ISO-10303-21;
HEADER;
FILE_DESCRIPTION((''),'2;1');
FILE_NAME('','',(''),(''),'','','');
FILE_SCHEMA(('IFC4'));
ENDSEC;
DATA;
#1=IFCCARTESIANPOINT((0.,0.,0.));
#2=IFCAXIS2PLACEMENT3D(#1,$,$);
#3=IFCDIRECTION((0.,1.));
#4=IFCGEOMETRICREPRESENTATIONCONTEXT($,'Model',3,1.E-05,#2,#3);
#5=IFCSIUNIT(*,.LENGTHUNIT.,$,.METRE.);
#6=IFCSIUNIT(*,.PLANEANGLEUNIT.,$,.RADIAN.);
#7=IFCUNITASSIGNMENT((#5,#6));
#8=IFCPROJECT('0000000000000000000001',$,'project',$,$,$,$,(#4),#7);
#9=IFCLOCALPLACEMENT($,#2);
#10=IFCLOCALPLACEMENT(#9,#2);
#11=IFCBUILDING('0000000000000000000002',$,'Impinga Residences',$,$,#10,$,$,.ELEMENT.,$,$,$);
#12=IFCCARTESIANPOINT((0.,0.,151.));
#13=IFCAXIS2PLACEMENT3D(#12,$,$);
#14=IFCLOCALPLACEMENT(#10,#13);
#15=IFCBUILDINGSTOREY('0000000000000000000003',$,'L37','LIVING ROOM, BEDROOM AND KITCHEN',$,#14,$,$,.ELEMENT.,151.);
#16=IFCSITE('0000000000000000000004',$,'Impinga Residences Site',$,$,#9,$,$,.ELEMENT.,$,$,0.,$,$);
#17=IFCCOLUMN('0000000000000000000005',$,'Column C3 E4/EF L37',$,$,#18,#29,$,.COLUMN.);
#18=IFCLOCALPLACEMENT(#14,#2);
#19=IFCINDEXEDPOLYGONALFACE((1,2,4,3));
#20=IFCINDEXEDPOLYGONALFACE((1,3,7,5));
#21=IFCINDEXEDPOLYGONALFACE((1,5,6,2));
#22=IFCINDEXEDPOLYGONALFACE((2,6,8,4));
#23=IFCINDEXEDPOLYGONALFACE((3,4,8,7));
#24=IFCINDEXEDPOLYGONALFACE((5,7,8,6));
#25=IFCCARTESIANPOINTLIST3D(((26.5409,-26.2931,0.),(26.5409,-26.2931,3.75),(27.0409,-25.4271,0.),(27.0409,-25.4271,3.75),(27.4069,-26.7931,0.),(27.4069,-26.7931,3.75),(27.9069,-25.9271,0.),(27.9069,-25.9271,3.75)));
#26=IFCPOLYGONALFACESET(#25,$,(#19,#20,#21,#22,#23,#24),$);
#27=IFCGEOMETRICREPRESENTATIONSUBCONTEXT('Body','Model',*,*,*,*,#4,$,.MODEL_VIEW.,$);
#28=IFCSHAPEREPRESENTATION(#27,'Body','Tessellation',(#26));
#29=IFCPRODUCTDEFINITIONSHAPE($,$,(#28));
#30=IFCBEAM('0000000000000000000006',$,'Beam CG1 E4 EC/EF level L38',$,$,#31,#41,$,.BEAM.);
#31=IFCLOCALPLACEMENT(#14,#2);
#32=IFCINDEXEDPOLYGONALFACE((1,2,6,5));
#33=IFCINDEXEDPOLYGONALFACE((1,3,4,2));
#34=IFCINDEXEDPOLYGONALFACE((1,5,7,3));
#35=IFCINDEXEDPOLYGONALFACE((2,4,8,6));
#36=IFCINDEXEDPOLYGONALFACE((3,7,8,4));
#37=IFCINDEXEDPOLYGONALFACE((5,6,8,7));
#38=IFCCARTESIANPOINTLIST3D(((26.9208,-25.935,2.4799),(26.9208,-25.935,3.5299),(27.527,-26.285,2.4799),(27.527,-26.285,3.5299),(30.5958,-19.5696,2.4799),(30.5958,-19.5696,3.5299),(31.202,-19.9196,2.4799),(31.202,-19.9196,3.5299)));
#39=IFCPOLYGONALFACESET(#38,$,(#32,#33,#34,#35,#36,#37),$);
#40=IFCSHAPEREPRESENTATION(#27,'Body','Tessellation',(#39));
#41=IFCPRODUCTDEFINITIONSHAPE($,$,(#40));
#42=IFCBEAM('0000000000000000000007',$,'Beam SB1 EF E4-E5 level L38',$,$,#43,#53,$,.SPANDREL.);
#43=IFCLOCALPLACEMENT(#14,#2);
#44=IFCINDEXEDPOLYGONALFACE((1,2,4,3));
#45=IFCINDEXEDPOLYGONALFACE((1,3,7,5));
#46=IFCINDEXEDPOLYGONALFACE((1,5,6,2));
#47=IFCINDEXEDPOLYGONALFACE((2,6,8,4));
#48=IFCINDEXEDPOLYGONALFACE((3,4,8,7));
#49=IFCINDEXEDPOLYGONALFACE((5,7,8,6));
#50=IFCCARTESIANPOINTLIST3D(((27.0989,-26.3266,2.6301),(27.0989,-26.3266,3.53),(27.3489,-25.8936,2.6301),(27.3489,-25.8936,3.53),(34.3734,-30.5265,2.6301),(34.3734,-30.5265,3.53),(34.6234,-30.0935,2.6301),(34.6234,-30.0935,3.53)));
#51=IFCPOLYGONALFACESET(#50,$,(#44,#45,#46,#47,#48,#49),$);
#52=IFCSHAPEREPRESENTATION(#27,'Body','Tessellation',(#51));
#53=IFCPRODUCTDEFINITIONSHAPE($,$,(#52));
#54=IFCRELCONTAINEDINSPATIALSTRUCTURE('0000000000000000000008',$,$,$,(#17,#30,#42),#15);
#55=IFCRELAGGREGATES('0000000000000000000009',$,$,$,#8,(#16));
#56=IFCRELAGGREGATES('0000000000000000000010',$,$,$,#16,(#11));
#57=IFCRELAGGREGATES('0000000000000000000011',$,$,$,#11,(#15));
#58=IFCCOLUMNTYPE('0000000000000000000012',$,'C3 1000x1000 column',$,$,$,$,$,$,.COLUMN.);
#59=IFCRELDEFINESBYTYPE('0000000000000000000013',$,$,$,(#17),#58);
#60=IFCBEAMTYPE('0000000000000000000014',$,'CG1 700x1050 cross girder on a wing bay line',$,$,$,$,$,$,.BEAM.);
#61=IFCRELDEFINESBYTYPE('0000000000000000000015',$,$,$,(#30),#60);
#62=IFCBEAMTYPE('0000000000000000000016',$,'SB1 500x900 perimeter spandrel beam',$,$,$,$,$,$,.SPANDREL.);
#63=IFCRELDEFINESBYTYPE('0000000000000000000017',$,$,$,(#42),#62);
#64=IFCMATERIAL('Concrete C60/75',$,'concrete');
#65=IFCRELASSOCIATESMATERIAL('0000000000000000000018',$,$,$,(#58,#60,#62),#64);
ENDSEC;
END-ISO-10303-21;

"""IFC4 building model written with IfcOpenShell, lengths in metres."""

from ifc_helpers import new_model, si_unit, direction, frame, origin, origin_2d, place, context, subcontext, project, spatial, rectangle, extrude, material, material_profile, profile_set, type_object, element, save


model = new_model("IFC4")

# Units and contexts
model_context = context("Model", 3, precision=1e-05, world=origin(), true_north=direction((0.0, 1.0)))
body_context = subcontext(model_context, "Body", "Model", "MODEL_VIEW")
ifc_project = project(units=[si_unit("LENGTHUNIT", "METRE"), si_unit("PLANEANGLEUNIT", "RADIAN")], contexts=[model_context])

# Site, building, storey
site_placement = place(None, origin())
site = spatial("IfcSite", under=ifc_project, at=site_placement, Name="Impinga Residences Site", CompositionType="ELEMENT", RefElevation=0.0)
building_placement = place(site_placement, origin())
building = spatial("IfcBuilding", under=site, at=building_placement, Name="Impinga Residences", CompositionType="ELEMENT")
storey_placement = place(building_placement, frame((0.0, 0.0, 151.0)))
storey = spatial("IfcBuildingStorey", under=building, at=storey_placement, Name="L37", Description="LIVING ROOM, BEDROOM AND KITCHEN", CompositionType="ELEMENT", Elevation=151.0)

# Column
ifc_material_1 = material(Name="Concrete C60/75", Category="concrete")
ifc_material_profile_1 = material_profile(ifc_material_1, rectangle(XDim=1.0, YDim=1.0, at=origin_2d()), Name="RC 1000x1000")
ifc_profile_set_1 = profile_set([ifc_material_profile_1], Name="Concrete C60/75")
column_type = type_object("IfcColumnType", Name="C3 1000x1000 column", PredefinedType="COLUMN", material=ifc_profile_set_1)
column_placement = place(storey_placement, frame((27.2239, -26.1101, 0.0), z_axis=(0.0, 0.0, 1.0), x_axis=(-0.5, -0.866025, 0.0)))
element("IfcColumn", 1, at=column_placement, inside=storey, type_object=column_type, Name="Column C3 E4/EF L37", PredefinedType="COLUMN", context=body_context, shape_type="SweptSolid", body=[
    extrude(rectangle(XDim=1.0, YDim=1.0, at=origin_2d()), origin(), (0.0, 0.0, 1.0), 3.75),
])

# Beams
ifc_material_profile_2 = material_profile(ifc_material_1, rectangle(XDim=0.7, YDim=1.05, at=origin_2d()), Name="RC 700x1050")
ifc_profile_set_2 = profile_set([ifc_material_profile_2], Name="Concrete C60/75")
beam_type_1 = type_object("IfcBeamType", Name="CG1 700x1050 cross girder on a wing bay line", PredefinedType="BEAM", material=ifc_profile_set_2)
beam_1_placement = place(storey_placement, frame((30.8989, -19.7446, 3.0049), z_axis=(-0.499994, -0.866029, 0.0), x_axis=(0.866029, -0.499994, 0.0)))
element("IfcBeam", 2, at=beam_1_placement, inside=storey, type_object=beam_type_1, Name="Beam CG1 E4 EC/EF level L38", PredefinedType="BEAM", context=body_context, shape_type="SweptSolid", body=[
    extrude(rectangle(XDim=0.7, YDim=1.05, at=origin_2d()), origin(), (0.0, 0.0, 1.0), 7.3501),
])
ifc_material_profile_3 = material_profile(ifc_material_1, rectangle(XDim=0.5, YDim=0.8999, at=origin_2d()), Name="RC 500x900")
ifc_profile_set_3 = profile_set([ifc_material_profile_3], Name="Concrete C60/75")
beam_type_2 = type_object("IfcBeamType", Name="SB1 500x900 perimeter spandrel beam", PredefinedType="SPANDREL", material=ifc_profile_set_3)
beam_2_placement = place(storey_placement, frame((27.2239, -26.1101, 3.0801), z_axis=(0.866029, -0.499993, 0.0), x_axis=(0.499993, 0.866029, 0.0)))
element("IfcBeam", 3, at=beam_2_placement, inside=storey, type_object=beam_type_2, Name="Beam SB1 EF E4-E5 level L38", PredefinedType="SPANDREL", context=body_context, shape_type="SweptSolid", body=[
    extrude(rectangle(XDim=0.5, YDim=0.8999, at=origin_2d()), origin(), (0.0, 0.0, 1.0), 8.3999),
])

save(model, "model.ifc")
